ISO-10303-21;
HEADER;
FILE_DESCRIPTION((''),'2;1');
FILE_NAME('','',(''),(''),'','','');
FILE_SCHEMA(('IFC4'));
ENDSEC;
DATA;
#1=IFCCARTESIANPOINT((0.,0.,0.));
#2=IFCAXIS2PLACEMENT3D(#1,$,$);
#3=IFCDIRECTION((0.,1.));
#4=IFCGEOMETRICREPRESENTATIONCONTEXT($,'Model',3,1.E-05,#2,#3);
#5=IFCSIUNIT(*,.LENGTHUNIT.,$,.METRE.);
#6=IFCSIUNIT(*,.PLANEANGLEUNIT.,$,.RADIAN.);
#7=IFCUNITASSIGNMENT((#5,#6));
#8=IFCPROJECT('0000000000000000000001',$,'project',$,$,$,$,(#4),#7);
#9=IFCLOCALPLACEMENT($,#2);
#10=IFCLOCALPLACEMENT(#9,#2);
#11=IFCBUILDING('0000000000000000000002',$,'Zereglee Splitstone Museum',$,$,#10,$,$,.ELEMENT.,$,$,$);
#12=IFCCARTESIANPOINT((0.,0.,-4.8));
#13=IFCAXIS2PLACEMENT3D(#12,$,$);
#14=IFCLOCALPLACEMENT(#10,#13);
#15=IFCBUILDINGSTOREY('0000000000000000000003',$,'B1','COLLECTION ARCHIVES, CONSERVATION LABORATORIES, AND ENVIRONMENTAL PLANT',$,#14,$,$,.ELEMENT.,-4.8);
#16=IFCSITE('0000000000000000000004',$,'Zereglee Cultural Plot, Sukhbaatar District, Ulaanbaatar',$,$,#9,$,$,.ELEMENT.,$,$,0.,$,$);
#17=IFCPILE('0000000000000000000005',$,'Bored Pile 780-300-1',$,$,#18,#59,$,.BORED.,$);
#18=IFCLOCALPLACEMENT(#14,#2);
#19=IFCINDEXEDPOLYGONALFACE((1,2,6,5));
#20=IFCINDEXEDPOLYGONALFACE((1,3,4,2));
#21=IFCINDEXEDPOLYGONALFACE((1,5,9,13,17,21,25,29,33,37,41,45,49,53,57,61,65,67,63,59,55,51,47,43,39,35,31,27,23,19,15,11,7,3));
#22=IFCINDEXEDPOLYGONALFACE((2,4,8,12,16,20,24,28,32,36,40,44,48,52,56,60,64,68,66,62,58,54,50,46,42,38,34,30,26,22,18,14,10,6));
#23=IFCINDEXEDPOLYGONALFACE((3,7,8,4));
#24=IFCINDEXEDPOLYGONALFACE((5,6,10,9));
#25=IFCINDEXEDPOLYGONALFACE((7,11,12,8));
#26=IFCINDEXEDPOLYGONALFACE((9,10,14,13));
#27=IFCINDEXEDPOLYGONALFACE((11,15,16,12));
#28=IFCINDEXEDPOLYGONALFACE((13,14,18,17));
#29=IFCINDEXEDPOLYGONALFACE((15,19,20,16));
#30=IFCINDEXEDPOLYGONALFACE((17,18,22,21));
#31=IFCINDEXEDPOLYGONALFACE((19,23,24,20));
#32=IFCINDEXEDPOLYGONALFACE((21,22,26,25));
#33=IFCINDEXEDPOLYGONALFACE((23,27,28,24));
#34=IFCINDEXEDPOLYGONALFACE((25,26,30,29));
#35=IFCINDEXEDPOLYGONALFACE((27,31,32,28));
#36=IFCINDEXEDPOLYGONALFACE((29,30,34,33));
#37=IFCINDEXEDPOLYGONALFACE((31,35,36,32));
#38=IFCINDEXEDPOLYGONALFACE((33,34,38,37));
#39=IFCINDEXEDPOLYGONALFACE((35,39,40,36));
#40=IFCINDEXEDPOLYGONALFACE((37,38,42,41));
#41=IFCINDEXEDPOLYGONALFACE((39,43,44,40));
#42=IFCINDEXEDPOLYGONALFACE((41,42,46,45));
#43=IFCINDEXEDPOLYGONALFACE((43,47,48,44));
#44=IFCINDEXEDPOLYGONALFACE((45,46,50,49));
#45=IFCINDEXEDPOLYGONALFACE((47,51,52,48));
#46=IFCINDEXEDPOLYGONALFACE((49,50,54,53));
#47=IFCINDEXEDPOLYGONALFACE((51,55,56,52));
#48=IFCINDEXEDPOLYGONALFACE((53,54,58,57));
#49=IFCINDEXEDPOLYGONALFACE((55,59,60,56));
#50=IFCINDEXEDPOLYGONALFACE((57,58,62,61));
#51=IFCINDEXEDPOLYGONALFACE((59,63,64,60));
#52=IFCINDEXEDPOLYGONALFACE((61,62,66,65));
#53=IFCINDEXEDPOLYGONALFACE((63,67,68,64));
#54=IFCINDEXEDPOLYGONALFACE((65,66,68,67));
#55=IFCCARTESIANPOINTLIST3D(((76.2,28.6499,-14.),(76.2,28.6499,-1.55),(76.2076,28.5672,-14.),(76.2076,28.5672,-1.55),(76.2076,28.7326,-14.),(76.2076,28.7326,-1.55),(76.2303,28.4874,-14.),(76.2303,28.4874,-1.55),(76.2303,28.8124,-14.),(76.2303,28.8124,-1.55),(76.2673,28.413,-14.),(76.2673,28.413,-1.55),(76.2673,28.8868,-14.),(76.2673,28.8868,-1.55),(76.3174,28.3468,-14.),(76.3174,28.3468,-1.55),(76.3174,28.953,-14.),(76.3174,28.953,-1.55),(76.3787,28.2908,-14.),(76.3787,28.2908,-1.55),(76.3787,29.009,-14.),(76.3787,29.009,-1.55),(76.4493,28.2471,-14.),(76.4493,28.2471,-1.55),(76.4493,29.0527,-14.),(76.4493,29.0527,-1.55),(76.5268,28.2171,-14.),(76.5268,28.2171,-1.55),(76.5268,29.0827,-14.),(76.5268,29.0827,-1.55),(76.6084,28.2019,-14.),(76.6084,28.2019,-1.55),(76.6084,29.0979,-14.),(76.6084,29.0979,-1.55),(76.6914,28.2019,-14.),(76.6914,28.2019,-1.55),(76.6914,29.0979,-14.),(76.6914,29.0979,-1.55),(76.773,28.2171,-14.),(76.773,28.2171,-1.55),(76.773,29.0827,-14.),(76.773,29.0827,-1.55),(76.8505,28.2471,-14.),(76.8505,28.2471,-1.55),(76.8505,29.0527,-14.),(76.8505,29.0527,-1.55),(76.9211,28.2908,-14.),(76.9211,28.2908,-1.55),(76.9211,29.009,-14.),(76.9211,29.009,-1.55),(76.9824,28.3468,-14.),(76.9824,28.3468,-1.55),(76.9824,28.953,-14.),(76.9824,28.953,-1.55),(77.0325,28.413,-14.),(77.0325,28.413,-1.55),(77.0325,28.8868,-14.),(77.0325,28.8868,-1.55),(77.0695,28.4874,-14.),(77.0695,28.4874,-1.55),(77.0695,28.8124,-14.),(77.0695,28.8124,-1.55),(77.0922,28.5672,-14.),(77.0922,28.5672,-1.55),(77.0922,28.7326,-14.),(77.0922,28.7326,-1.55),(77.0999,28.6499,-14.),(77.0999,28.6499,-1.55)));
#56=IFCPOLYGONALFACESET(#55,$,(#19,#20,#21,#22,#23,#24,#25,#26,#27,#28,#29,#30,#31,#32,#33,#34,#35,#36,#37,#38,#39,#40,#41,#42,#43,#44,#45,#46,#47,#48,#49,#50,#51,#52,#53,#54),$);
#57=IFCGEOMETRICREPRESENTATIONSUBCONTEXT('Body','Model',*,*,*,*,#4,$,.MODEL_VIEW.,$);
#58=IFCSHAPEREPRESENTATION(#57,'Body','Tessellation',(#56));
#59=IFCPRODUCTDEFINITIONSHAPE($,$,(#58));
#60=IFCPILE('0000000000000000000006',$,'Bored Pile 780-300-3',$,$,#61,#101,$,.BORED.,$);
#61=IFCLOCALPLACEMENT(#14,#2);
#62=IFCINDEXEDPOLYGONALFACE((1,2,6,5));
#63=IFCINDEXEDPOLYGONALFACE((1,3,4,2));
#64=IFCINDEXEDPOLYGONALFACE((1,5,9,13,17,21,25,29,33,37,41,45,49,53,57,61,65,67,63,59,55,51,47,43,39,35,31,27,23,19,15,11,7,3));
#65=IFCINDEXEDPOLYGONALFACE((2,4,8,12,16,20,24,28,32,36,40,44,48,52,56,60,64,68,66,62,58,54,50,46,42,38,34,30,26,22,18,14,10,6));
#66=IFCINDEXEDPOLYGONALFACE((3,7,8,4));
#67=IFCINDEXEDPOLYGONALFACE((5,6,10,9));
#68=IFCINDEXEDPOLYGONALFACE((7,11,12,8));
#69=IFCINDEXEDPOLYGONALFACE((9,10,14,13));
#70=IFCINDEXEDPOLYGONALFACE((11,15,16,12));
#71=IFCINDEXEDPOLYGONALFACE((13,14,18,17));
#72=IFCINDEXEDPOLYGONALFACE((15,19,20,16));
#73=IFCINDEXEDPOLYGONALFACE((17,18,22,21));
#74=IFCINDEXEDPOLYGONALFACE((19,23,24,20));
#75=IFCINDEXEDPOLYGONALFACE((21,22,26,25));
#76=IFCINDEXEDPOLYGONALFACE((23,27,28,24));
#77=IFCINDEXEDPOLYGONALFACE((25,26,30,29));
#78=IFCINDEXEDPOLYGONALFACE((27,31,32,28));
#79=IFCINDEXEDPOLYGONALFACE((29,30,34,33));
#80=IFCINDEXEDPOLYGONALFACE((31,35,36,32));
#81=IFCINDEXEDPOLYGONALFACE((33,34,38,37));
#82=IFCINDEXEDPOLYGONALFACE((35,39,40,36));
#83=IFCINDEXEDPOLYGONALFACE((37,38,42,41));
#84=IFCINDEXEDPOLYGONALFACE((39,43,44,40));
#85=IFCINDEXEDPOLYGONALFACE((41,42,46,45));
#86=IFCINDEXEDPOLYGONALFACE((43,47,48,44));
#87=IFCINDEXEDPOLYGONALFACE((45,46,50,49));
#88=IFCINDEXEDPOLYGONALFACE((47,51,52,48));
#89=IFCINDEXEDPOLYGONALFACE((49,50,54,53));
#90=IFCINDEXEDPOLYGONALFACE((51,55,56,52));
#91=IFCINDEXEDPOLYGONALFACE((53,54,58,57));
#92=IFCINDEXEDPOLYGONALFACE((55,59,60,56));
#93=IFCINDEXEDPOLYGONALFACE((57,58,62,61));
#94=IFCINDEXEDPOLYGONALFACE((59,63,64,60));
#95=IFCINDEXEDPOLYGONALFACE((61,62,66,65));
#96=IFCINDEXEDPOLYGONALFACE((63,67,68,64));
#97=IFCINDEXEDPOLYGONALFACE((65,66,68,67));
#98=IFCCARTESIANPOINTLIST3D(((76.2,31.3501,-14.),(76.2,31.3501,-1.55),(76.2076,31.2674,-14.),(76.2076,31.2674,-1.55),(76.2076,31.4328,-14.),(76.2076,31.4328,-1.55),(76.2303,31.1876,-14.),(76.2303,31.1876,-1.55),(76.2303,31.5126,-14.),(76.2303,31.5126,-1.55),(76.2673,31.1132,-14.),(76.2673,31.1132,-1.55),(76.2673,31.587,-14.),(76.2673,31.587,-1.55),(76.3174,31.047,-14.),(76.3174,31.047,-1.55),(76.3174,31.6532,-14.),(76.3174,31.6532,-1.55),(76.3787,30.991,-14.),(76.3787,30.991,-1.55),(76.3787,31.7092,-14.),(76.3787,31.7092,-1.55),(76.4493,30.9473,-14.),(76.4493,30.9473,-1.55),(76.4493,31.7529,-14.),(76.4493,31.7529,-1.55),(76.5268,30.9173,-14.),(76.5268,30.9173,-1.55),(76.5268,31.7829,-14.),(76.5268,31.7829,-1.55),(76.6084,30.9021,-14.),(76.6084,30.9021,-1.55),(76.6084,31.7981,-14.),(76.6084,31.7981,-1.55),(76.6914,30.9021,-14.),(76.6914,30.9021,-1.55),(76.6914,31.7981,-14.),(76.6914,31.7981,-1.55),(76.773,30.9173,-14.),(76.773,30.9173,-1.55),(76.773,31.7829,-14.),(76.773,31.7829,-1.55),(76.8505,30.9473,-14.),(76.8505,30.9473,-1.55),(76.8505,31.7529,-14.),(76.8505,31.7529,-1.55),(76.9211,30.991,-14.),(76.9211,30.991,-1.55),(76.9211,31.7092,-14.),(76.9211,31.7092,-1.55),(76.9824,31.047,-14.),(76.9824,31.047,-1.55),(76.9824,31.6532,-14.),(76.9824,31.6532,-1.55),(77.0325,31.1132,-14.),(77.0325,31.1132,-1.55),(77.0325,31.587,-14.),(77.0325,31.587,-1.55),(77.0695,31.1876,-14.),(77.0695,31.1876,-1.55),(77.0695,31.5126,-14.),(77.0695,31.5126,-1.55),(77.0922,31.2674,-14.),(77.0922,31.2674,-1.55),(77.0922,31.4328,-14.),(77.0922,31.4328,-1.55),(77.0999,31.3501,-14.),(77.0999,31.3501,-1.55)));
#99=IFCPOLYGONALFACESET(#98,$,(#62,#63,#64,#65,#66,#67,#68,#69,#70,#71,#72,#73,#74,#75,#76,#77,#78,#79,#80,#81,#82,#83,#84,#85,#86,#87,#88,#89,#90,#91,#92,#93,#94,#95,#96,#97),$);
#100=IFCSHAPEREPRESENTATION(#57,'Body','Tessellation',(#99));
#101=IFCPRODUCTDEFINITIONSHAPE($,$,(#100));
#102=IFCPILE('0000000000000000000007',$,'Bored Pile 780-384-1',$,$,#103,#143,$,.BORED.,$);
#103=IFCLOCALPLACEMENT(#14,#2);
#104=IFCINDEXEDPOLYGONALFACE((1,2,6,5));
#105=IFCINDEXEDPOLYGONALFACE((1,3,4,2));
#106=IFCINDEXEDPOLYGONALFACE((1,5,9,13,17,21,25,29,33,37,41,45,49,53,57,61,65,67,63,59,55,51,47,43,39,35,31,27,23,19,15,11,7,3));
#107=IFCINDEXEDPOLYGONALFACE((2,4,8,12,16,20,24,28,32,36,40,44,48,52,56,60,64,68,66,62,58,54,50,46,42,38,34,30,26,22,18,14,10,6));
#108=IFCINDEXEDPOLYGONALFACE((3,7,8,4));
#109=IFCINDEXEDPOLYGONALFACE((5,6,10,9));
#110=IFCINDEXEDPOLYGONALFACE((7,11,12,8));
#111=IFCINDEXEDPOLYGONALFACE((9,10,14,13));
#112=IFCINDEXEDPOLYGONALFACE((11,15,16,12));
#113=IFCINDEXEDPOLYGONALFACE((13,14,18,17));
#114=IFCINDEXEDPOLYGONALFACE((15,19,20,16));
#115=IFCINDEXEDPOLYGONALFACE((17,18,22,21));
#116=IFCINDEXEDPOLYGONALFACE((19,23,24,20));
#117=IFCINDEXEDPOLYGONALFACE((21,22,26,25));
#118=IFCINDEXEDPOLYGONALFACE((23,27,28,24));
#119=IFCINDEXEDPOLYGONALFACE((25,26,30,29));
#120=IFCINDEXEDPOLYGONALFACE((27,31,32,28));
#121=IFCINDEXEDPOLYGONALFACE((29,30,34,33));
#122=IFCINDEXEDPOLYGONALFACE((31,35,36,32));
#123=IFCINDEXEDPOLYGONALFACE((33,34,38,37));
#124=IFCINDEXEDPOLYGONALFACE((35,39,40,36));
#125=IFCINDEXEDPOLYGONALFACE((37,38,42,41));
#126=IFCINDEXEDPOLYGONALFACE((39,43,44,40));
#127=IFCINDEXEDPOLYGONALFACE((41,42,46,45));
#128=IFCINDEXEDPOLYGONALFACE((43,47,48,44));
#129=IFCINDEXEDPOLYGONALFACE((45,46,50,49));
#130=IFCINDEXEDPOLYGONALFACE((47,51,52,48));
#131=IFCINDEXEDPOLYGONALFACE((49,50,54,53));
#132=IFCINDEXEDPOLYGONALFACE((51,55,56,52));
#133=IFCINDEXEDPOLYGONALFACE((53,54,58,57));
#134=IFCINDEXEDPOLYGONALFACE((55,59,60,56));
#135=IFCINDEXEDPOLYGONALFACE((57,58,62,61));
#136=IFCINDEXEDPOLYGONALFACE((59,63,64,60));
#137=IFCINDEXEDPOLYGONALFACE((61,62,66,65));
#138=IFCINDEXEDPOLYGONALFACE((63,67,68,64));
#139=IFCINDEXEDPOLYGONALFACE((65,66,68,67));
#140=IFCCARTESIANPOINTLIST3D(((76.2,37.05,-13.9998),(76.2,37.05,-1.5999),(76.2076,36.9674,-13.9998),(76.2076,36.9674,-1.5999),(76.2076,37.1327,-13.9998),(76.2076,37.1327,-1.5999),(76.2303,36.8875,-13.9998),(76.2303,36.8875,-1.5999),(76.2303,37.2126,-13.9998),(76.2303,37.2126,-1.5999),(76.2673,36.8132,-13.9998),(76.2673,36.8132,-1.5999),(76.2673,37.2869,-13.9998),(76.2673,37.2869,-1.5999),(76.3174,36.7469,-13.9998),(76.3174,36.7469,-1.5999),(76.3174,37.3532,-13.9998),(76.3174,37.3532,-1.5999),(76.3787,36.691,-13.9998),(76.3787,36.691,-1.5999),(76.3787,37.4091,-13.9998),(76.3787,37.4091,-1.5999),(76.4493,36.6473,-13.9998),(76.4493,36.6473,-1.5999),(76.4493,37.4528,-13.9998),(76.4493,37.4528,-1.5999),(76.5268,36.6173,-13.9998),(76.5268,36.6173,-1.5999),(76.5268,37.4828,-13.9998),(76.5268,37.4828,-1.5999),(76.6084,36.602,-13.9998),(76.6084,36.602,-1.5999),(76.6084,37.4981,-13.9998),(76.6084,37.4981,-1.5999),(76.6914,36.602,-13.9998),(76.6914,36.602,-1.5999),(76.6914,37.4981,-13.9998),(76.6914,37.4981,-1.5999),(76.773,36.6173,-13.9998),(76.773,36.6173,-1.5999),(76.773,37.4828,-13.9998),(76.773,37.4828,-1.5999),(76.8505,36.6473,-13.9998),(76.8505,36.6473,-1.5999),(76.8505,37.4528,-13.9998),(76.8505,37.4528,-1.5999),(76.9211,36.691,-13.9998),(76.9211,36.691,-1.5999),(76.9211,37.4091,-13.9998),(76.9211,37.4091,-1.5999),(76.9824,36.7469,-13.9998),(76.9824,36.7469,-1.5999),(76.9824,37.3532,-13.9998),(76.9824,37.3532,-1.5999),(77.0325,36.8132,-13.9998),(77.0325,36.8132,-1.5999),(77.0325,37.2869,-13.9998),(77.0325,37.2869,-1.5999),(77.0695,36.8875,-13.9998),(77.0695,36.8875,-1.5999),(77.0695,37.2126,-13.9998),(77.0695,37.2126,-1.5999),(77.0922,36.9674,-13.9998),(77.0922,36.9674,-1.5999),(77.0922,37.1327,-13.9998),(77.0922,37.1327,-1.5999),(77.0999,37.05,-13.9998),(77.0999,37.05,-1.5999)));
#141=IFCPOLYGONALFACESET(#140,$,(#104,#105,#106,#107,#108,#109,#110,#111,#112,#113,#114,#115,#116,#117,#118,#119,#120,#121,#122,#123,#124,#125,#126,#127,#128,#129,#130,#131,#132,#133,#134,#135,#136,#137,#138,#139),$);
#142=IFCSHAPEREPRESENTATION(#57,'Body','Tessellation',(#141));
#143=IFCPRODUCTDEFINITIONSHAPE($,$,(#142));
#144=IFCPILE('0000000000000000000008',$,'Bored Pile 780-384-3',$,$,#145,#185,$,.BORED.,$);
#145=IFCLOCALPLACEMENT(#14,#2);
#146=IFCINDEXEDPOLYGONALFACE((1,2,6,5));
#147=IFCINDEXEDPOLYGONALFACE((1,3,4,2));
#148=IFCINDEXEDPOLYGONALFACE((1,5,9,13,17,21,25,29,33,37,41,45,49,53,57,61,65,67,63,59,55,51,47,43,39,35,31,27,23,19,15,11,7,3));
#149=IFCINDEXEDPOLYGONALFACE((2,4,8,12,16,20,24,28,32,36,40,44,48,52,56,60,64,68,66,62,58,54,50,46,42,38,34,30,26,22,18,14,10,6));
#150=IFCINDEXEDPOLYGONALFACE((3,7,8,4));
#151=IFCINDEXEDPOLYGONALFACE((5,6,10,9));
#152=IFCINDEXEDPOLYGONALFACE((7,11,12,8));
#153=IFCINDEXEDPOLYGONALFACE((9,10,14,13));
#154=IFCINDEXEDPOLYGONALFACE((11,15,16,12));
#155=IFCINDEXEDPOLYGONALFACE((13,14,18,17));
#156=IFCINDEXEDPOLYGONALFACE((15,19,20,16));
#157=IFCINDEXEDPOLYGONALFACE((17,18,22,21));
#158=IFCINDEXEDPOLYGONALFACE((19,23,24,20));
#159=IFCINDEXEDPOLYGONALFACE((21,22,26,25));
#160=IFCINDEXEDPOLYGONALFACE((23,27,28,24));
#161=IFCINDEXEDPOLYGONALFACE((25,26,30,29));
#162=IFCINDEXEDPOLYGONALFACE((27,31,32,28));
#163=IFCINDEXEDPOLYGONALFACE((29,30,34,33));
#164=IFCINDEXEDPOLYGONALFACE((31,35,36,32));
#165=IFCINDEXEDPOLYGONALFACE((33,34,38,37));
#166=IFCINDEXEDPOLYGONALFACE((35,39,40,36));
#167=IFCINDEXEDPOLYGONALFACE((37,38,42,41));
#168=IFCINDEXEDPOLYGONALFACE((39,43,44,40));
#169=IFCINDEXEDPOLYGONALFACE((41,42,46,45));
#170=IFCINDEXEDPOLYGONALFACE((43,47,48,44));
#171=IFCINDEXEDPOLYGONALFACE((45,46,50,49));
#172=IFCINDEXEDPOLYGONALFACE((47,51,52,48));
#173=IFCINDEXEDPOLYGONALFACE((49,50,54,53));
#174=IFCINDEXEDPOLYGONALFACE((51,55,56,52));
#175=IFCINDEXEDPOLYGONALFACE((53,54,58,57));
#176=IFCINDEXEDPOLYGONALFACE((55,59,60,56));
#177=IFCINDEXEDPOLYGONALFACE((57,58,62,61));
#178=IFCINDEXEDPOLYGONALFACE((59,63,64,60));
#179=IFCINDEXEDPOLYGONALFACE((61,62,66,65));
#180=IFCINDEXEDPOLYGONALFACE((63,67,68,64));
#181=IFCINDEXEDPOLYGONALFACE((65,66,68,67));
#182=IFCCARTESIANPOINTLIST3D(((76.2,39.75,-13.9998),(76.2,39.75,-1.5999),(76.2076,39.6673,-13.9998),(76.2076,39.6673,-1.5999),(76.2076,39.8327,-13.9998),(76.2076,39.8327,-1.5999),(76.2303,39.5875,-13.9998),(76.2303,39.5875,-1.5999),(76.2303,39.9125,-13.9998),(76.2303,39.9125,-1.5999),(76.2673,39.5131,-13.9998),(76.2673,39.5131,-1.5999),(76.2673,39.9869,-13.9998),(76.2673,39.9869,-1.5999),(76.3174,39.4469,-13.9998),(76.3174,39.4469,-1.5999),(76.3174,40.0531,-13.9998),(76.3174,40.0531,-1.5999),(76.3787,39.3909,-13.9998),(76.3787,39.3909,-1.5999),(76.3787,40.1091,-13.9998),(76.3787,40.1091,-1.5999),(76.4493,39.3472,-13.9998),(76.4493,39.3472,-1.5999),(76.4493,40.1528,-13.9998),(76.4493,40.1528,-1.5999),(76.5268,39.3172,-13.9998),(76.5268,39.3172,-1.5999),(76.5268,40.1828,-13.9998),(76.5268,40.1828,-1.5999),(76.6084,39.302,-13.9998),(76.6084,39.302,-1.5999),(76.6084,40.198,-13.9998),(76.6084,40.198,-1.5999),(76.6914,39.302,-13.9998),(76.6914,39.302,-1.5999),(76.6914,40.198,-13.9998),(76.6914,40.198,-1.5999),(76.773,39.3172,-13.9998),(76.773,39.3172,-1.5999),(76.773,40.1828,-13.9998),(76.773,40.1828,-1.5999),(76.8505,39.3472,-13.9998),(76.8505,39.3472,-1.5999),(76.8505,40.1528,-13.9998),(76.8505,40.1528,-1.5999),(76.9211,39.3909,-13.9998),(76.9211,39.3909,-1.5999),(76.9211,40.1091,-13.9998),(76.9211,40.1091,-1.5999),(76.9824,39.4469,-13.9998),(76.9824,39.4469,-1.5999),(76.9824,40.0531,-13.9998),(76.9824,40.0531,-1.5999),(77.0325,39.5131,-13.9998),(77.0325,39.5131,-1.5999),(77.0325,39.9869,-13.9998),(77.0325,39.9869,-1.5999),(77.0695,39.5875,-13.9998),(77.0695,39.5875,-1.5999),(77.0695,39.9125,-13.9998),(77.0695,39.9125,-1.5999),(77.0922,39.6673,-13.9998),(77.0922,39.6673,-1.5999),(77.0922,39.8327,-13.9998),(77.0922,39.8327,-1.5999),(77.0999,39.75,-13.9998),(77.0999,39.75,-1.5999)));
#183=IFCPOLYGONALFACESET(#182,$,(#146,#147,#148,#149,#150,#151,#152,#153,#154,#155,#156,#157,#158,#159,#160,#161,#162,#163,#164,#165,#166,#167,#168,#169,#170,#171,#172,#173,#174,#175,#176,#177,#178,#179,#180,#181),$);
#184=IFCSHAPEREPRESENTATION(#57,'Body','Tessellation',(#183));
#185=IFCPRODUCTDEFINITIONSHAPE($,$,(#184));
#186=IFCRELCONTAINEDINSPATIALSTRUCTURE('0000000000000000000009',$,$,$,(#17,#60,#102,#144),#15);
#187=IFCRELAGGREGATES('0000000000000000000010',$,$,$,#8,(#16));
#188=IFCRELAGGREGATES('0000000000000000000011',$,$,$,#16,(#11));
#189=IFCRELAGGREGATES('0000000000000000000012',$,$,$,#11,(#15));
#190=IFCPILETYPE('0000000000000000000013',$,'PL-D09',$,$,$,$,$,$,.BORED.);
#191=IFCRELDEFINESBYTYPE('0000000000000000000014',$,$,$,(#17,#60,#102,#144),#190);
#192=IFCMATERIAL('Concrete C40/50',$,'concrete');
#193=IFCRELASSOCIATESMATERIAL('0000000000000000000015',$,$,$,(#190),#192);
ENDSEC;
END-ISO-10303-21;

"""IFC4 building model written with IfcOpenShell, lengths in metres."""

from ifc_helpers import new_model, si_unit, direction, frame, origin, origin_2d, place, context, subcontext, project, spatial, circle, extrude, material, material_profile, profile_set, type_object, element, save


model = new_model("IFC4")

# Units and contexts
model_context = context("Model", 3, precision=1e-05, world=origin(), true_north=direction((0.0, 1.0)))
body_context = subcontext(model_context, "Body", "Model", "MODEL_VIEW")
ifc_project = project(units=[si_unit("LENGTHUNIT", "METRE"), si_unit("PLANEANGLEUNIT", "RADIAN")], contexts=[model_context])

# Site, building, storey
site_placement = place(None, origin())
site = spatial("IfcSite", under=ifc_project, at=site_placement, Name="Zereglee Cultural Plot, Sukhbaatar District, Ulaanbaatar", CompositionType="ELEMENT", RefElevation=0.0)
building_placement = place(site_placement, origin())
building = spatial("IfcBuilding", under=site, at=building_placement, Name="Zereglee Splitstone Museum", CompositionType="ELEMENT")
storey_placement = place(building_placement, frame((0.0, 0.0, -4.8)))
storey = spatial("IfcBuildingStorey", under=building, at=storey_placement, Name="B1", Description="COLLECTION ARCHIVES, CONSERVATION LABORATORIES, AND ENVIRONMENTAL PLANT", CompositionType="ELEMENT", Elevation=-4.8)

# Shared definitions
ifc_material_1 = material(Name="Concrete C40/50", Category="concrete")

# Piles
ifc_material_profile_1 = material_profile(ifc_material_1, circle(Radius=0.45, at=origin_2d()), Name="PILE D900")
ifc_profile_set_1 = profile_set([ifc_material_profile_1], Name="Concrete C40/50")
pile_type_1 = type_object("IfcPileType", Name="PL-D09", PredefinedType="BORED", material=ifc_profile_set_1)
for number, where, z_axis, x_axis, name in (
    (1, (76.6499, 28.6499, -1.55), (0.0, 0.0, -1.0), (1.0, 0.0, 0.0), "Bored Pile 780-300-1"),
    (2, (76.6499, 31.3501, -1.55), (0.0, 0.0, -1.0), (1.0, 0.0, 0.0), "Bored Pile 780-300-3"),
):
    element("IfcPile", number, at=place(storey_placement, frame(where, z_axis=z_axis, x_axis=x_axis)), inside=storey, type_object=pile_type_1, Name=name, PredefinedType="BORED", context=body_context, shape_type="SweptSolid", body=[
        extrude(circle(Radius=0.45, at=origin_2d()), origin(), (0.0, 0.0, 1.0), 12.45),
    ])
for number, where, z_axis, x_axis, name in (
    (3, (76.6499, 37.05, -1.5999), (0.0, 0.0, -1.0), (1.0, 0.0, 0.0), "Bored Pile 780-384-1"),
    (4, (76.6499, 39.75, -1.5999), (0.0, 0.0, -1.0), (1.0, 0.0, 0.0), "Bored Pile 780-384-3"),
):
    element("IfcPile", number, at=place(storey_placement, frame(where, z_axis=z_axis, x_axis=x_axis)), inside=storey, type_object=pile_type_1, Name=name, PredefinedType="BORED", context=body_context, shape_type="SweptSolid", body=[
        extrude(circle(Radius=0.45, at=origin_2d()), origin(), (0.0, 0.0, 1.0), 12.3999),
    ])

save(model, "model.ifc")
